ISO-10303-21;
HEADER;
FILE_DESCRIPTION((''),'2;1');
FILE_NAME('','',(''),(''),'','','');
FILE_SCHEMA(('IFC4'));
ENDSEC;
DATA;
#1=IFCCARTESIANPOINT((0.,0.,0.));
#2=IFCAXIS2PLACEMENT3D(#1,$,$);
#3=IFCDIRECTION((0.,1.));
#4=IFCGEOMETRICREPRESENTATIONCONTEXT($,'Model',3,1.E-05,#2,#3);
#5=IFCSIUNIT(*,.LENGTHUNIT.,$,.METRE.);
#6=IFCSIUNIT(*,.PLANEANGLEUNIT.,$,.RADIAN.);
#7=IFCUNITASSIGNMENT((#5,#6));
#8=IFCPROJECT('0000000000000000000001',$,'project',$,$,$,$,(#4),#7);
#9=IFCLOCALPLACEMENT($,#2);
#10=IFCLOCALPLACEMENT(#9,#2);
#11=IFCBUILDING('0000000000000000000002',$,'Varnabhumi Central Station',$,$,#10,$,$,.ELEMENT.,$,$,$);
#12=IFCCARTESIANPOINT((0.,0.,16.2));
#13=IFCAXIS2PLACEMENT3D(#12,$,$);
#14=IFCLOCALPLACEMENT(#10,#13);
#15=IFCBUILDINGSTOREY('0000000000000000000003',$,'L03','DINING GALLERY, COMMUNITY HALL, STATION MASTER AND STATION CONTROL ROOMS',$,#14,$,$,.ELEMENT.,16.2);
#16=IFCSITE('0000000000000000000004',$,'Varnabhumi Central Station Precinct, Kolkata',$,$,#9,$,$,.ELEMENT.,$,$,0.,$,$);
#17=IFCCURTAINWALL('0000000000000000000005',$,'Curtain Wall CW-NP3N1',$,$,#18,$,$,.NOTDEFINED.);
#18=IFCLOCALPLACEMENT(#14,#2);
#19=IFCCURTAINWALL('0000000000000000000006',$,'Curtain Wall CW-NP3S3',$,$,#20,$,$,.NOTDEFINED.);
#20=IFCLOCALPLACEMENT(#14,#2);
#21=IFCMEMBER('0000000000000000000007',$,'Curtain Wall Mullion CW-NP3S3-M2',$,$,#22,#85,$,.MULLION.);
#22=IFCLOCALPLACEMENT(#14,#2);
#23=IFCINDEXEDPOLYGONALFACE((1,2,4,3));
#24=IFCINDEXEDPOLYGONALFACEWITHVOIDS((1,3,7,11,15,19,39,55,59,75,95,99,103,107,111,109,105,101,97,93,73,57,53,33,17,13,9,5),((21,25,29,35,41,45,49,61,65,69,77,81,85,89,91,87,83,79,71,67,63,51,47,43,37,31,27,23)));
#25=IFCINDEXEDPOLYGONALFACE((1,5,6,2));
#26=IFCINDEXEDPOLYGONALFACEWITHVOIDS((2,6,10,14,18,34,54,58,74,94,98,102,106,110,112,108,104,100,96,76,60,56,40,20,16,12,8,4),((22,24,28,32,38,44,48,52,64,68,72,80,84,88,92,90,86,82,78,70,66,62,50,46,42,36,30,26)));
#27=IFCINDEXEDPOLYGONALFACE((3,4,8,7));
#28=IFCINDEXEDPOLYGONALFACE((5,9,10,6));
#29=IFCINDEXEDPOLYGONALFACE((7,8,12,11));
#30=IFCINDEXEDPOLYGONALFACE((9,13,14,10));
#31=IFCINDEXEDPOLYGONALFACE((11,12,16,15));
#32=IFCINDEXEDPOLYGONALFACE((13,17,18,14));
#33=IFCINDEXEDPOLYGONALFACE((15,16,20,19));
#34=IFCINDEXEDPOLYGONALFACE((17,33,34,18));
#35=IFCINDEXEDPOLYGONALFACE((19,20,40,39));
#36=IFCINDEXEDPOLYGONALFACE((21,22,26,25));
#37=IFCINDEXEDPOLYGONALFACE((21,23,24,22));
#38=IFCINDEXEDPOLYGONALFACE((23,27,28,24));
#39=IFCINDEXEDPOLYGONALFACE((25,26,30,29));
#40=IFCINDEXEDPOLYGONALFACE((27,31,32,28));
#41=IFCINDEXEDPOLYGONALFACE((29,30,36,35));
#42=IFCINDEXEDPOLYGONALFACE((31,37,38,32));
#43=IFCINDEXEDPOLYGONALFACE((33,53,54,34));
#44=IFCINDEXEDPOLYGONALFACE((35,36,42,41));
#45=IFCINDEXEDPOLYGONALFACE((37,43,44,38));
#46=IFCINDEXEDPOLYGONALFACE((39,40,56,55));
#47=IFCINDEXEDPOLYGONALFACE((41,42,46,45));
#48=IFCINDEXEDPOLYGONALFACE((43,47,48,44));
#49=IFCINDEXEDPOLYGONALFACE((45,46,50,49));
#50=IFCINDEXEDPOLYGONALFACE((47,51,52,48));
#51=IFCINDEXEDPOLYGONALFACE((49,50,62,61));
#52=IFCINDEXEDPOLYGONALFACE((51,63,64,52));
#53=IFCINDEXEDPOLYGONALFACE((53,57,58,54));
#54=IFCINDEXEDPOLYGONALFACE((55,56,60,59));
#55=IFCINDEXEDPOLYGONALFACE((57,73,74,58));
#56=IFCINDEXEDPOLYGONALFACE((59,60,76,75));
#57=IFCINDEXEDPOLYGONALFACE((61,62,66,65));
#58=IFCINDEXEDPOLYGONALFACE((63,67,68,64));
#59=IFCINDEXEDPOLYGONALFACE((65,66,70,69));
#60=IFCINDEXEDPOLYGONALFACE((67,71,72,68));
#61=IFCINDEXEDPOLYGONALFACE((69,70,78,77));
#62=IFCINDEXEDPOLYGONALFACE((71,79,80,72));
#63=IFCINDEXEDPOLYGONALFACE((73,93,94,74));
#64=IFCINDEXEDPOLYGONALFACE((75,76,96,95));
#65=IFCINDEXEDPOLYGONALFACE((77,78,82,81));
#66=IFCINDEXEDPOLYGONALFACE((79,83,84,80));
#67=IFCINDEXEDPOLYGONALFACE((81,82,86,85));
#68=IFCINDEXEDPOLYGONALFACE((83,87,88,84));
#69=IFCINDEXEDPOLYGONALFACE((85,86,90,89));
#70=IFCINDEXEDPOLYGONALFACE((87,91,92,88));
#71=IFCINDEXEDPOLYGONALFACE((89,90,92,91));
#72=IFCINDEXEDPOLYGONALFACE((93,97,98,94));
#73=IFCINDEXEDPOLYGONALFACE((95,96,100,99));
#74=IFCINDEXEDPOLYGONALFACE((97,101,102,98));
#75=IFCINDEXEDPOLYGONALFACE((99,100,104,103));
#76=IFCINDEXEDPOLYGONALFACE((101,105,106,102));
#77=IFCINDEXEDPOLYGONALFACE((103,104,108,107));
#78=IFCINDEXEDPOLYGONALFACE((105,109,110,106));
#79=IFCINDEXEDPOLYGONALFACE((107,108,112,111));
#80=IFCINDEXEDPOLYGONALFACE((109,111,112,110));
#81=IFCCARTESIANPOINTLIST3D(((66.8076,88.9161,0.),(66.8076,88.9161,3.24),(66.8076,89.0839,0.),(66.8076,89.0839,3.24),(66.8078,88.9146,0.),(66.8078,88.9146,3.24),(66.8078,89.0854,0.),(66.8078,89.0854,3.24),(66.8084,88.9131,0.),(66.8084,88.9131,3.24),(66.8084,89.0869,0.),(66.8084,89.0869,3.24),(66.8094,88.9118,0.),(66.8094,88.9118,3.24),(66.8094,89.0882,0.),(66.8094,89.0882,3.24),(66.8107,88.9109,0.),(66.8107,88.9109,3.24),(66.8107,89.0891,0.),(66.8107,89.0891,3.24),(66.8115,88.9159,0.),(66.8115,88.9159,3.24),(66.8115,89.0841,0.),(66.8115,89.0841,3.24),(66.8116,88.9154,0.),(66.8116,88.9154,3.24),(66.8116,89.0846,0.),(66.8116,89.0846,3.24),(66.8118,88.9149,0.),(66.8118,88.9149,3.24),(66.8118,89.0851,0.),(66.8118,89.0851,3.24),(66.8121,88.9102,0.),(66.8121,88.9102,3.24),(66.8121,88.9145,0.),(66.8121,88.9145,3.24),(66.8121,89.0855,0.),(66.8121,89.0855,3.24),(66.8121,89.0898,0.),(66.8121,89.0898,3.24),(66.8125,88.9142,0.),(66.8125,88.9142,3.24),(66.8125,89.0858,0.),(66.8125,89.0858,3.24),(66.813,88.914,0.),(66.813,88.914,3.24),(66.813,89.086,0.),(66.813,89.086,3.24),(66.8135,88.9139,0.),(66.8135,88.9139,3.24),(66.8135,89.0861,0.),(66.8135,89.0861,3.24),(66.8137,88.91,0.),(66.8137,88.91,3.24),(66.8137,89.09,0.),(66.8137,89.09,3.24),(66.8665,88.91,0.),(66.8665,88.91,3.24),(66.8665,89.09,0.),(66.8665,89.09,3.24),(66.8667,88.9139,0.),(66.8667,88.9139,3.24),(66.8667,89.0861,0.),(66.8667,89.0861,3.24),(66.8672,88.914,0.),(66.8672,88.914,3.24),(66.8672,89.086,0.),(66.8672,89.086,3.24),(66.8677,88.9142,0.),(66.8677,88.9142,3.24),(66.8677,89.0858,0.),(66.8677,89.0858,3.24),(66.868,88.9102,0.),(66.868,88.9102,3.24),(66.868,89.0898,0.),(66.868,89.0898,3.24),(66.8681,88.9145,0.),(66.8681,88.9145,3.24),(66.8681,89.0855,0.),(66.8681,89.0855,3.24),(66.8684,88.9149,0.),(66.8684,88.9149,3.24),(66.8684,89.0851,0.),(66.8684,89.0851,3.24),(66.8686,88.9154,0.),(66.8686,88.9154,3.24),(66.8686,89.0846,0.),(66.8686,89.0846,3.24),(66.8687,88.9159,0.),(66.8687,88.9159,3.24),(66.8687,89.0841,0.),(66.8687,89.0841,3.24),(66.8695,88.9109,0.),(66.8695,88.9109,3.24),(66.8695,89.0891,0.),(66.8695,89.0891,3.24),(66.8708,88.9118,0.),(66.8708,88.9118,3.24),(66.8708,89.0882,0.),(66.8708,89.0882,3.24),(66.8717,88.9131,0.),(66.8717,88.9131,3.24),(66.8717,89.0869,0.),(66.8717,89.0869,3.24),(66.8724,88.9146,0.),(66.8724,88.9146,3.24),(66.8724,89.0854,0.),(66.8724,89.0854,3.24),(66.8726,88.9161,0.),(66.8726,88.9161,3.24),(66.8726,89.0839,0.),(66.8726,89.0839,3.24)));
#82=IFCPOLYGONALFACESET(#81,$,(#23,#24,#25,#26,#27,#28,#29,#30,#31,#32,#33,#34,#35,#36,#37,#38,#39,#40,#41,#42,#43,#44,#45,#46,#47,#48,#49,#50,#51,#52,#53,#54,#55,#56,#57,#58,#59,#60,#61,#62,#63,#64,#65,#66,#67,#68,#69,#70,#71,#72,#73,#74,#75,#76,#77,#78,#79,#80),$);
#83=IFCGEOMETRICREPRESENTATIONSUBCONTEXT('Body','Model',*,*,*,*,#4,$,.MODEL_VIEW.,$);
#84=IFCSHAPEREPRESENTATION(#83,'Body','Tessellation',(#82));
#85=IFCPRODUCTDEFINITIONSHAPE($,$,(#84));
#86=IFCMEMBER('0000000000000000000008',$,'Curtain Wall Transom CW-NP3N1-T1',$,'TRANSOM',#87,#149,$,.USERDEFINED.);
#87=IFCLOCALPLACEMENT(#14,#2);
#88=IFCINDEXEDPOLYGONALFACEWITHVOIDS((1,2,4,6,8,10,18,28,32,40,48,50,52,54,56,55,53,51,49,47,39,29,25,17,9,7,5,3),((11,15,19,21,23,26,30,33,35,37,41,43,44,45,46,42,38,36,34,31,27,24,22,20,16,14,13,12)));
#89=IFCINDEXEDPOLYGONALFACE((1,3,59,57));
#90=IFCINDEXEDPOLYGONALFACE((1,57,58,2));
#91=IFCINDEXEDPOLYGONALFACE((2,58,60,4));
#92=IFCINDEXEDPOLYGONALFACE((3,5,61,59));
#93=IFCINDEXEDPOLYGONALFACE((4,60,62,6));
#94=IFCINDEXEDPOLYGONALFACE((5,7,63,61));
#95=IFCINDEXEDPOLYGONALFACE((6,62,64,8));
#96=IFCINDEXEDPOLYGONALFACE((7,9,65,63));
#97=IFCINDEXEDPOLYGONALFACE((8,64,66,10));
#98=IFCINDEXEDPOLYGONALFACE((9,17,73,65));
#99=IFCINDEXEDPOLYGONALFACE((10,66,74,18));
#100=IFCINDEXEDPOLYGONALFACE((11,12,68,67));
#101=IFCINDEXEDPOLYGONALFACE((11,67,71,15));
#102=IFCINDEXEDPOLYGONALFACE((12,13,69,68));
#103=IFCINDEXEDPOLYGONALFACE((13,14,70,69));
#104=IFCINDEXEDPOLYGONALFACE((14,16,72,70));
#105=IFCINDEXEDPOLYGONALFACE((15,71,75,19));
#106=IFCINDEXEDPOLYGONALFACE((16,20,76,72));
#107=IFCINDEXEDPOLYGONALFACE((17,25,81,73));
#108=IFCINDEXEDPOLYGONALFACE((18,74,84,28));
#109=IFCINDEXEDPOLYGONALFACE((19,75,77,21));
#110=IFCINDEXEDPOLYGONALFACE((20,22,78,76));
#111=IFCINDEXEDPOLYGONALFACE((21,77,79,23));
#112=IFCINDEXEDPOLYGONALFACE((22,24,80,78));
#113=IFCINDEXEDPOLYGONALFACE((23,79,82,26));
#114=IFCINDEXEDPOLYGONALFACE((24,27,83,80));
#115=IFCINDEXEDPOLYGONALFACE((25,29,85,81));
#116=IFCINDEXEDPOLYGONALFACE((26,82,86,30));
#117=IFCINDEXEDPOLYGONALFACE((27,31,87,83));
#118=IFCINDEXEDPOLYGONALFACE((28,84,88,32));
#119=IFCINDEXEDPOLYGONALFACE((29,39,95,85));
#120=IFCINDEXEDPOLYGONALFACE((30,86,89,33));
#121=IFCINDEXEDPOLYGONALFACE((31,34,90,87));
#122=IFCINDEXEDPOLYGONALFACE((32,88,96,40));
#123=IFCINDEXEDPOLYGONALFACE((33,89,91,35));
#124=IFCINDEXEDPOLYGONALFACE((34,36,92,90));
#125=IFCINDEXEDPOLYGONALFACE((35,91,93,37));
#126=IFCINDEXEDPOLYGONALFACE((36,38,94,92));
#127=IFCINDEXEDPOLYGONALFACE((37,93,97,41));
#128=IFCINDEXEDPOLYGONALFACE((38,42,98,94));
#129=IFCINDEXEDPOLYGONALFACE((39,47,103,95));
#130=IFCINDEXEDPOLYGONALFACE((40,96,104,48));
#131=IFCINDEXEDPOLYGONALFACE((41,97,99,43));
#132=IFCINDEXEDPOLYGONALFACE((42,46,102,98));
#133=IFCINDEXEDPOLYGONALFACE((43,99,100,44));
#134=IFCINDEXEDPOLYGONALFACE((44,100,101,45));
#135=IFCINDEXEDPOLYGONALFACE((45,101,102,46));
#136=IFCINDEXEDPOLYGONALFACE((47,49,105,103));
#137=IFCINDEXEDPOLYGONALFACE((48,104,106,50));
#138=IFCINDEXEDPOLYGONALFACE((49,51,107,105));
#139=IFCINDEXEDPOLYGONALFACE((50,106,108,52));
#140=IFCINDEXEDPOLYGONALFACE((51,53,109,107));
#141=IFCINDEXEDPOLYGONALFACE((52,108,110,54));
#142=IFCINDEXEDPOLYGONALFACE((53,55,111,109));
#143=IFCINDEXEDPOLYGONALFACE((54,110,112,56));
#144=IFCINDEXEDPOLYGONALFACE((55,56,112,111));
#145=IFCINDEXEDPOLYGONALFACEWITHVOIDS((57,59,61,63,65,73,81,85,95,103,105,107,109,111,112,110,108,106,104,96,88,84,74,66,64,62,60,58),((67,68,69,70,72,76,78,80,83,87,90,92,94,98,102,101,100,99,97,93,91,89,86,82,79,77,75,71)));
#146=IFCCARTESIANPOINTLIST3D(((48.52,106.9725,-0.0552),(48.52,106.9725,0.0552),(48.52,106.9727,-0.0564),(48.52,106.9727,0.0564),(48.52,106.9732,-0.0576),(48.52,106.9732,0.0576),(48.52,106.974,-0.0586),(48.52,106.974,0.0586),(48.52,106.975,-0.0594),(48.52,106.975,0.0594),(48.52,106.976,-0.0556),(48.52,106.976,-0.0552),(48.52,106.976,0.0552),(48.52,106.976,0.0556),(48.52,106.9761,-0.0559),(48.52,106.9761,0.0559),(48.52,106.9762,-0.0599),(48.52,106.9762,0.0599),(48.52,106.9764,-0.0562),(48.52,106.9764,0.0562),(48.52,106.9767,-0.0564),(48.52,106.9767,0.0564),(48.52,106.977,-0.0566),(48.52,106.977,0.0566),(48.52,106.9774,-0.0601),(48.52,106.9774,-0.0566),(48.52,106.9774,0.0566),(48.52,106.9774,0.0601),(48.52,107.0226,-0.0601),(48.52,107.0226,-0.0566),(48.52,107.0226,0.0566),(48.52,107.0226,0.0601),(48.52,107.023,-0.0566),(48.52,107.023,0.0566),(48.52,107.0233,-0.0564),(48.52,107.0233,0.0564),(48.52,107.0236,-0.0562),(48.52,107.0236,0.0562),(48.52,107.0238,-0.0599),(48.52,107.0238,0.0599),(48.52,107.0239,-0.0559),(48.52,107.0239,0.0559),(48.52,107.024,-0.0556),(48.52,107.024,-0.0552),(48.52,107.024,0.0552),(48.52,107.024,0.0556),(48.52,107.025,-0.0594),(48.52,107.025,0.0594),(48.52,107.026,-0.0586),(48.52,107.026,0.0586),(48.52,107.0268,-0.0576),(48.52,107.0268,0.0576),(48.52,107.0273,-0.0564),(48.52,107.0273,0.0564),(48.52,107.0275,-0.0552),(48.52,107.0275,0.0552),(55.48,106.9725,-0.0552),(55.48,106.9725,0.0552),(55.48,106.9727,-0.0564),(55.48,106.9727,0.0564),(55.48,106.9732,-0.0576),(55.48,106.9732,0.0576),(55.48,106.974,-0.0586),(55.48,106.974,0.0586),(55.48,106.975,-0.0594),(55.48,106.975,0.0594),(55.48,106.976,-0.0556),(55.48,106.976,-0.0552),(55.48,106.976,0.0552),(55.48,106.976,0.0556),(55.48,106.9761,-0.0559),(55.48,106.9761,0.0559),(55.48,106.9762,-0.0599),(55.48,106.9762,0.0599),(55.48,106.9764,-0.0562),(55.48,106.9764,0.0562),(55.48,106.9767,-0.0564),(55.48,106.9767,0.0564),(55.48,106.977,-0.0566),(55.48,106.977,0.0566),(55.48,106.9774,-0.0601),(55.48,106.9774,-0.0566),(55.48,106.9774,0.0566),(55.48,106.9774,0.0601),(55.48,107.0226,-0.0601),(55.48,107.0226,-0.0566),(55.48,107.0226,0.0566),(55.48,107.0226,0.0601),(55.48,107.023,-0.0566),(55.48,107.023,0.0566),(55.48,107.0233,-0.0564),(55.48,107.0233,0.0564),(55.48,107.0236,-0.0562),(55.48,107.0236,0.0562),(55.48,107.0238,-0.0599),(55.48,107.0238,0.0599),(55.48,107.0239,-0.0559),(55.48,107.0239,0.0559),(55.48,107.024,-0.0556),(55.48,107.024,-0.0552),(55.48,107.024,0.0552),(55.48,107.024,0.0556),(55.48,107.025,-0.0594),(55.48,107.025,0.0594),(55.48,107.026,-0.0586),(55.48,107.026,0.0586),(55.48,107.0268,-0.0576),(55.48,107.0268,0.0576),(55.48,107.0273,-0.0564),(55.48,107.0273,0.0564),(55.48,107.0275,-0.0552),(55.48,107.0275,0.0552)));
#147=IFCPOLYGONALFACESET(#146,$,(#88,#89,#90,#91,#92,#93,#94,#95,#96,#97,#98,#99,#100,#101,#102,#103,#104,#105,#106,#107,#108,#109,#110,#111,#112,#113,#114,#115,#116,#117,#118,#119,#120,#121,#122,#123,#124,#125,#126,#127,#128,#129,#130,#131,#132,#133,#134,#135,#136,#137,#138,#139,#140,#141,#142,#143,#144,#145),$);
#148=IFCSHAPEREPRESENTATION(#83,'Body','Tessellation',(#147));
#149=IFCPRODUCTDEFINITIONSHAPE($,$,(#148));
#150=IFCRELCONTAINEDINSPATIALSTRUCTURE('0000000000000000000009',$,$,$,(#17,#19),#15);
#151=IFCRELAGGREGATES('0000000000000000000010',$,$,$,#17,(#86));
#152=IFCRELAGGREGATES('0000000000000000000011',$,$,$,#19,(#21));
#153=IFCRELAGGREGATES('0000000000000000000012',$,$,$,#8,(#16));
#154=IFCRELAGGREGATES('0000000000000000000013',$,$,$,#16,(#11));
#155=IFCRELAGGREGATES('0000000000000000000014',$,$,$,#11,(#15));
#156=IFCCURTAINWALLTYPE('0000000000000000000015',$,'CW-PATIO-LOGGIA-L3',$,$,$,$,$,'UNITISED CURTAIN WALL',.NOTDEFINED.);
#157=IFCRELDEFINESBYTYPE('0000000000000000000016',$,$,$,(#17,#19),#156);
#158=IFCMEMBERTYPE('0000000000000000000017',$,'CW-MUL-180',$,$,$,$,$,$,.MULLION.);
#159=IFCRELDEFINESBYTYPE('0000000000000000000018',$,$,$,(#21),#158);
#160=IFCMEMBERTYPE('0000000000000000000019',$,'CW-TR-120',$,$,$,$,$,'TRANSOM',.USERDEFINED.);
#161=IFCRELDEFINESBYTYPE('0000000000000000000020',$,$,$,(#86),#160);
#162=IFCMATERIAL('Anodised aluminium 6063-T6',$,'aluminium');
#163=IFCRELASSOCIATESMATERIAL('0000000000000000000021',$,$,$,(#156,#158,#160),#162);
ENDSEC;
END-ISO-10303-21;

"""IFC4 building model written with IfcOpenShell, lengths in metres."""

from ifc_helpers import new_model, si_unit, direction, frame, origin, origin_2d, place, context, subcontext, project, spatial, hollow_rectangle, extrude, material, material_profile, profile_set, type_object, element, aggregate, save


model = new_model("IFC4")

# Units and contexts
model_context = context("Model", 3, precision=1e-05, world=origin(), true_north=direction((0.0, 1.0)))
body_context = subcontext(model_context, "Body", "Model", "MODEL_VIEW")
ifc_project = project(units=[si_unit("LENGTHUNIT", "METRE"), si_unit("PLANEANGLEUNIT", "RADIAN")], contexts=[model_context])

# Site, building, storey
site_placement = place(None, origin())
site = spatial("IfcSite", under=ifc_project, at=site_placement, Name="Varnabhumi Central Station Precinct, Kolkata", CompositionType="ELEMENT", RefElevation=0.0)
building_placement = place(site_placement, origin())
building = spatial("IfcBuilding", under=site, at=building_placement, Name="Varnabhumi Central Station", CompositionType="ELEMENT")
storey_placement = place(building_placement, frame((0.0, 0.0, 16.2)))
storey = spatial("IfcBuildingStorey", under=building, at=storey_placement, Name="L03", Description="DINING GALLERY, COMMUNITY HALL, STATION MASTER AND STATION CONTROL ROOMS", CompositionType="ELEMENT", Elevation=16.2)

# Curtain walls, member
ifc_material_1 = material(Name="Anodised aluminium 6063-T6", Category="aluminium")
curtain_wall_type = type_object("IfcCurtainWallType", Name="CW-PATIO-LOGGIA-L3", ElementType="UNITISED CURTAIN WALL", PredefinedType="NOTDEFINED", material=ifc_material_1)
curtain_wall_1_placement = place(storey_placement, origin())
curtain_wall_1 = element("IfcCurtainWall", 1, at=curtain_wall_1_placement, inside=storey, type_object=curtain_wall_type, Name="Curtain Wall CW-NP3N1", PredefinedType="NOTDEFINED")
ifc_material_profile_1 = material_profile(ifc_material_1, hollow_rectangle(XDim=0.0649, YDim=0.1799, WallThickness=0.0039, InnerFilletRadius=0.002, OuterFilletRadius=0.0061, at=origin_2d()), Name="Anodised aluminium 6063-T6", Category="aluminium")
ifc_profile_set_1 = profile_set([ifc_material_profile_1], Name="Anodised aluminium 6063-T6")
member_type_1 = type_object("IfcMemberType", Name="CW-MUL-180", PredefinedType="MULLION", material=ifc_profile_set_1)
curtain_wall_2_placement = place(storey_placement, origin())
curtain_wall_2 = element("IfcCurtainWall", 2, at=curtain_wall_2_placement, inside=storey, type_object=curtain_wall_type, Name="Curtain Wall CW-NP3S3", PredefinedType="NOTDEFINED")
member_1_placement = place(storey_placement, frame((66.8401, 89.0, 0.0), z_axis=(0.0, 0.0, 1.0), x_axis=(1.0, 0.0, 0.0)))
member_1 = element("IfcMember", 3, at=member_1_placement, type_object=member_type_1, Name="Curtain Wall Mullion CW-NP3S3-M2", PredefinedType="MULLION", context=body_context, shape_type="SweptSolid", body=[
    extrude(hollow_rectangle(XDim=0.0649, YDim=0.1799, WallThickness=0.0039, InnerFilletRadius=0.002, OuterFilletRadius=0.0061, at=origin_2d()), origin(), (0.0, 0.0, 1.0), 3.24),
])

# Member
ifc_material_profile_2 = material_profile(ifc_material_1, hollow_rectangle(XDim=0.0549, YDim=0.1201, WallThickness=0.0034, InnerFilletRadius=0.0015, OuterFilletRadius=0.0049, at=origin_2d()), Name="Anodised aluminium 6063-T6", Category="aluminium")
ifc_profile_set_2 = profile_set([ifc_material_profile_2], Name="Anodised aluminium 6063-T6")
member_type_2 = type_object("IfcMemberType", Name="CW-TR-120", ElementType="TRANSOM", PredefinedType="USERDEFINED", material=ifc_profile_set_2)
member_2_placement = place(storey_placement, frame((48.52, 107.0, 0.0), z_axis=(1.0, 0.0, 0.0), x_axis=(0.0, 1.0, 0.0)))
member_2 = element("IfcMember", 4, at=member_2_placement, type_object=member_type_2, Name="Curtain Wall Transom CW-NP3N1-T1", ObjectType="TRANSOM", PredefinedType="USERDEFINED", context=body_context, shape_type="SweptSolid", body=[
    extrude(hollow_rectangle(XDim=0.0549, YDim=0.1201, WallThickness=0.0034, InnerFilletRadius=0.0015, OuterFilletRadius=0.0049, at=origin_2d()), origin(), (0.0, 0.0, 1.0), 6.96),
])

aggregate(curtain_wall_1, [member_2])
aggregate(curtain_wall_2, [member_1])

save(model, "model.ifc")
